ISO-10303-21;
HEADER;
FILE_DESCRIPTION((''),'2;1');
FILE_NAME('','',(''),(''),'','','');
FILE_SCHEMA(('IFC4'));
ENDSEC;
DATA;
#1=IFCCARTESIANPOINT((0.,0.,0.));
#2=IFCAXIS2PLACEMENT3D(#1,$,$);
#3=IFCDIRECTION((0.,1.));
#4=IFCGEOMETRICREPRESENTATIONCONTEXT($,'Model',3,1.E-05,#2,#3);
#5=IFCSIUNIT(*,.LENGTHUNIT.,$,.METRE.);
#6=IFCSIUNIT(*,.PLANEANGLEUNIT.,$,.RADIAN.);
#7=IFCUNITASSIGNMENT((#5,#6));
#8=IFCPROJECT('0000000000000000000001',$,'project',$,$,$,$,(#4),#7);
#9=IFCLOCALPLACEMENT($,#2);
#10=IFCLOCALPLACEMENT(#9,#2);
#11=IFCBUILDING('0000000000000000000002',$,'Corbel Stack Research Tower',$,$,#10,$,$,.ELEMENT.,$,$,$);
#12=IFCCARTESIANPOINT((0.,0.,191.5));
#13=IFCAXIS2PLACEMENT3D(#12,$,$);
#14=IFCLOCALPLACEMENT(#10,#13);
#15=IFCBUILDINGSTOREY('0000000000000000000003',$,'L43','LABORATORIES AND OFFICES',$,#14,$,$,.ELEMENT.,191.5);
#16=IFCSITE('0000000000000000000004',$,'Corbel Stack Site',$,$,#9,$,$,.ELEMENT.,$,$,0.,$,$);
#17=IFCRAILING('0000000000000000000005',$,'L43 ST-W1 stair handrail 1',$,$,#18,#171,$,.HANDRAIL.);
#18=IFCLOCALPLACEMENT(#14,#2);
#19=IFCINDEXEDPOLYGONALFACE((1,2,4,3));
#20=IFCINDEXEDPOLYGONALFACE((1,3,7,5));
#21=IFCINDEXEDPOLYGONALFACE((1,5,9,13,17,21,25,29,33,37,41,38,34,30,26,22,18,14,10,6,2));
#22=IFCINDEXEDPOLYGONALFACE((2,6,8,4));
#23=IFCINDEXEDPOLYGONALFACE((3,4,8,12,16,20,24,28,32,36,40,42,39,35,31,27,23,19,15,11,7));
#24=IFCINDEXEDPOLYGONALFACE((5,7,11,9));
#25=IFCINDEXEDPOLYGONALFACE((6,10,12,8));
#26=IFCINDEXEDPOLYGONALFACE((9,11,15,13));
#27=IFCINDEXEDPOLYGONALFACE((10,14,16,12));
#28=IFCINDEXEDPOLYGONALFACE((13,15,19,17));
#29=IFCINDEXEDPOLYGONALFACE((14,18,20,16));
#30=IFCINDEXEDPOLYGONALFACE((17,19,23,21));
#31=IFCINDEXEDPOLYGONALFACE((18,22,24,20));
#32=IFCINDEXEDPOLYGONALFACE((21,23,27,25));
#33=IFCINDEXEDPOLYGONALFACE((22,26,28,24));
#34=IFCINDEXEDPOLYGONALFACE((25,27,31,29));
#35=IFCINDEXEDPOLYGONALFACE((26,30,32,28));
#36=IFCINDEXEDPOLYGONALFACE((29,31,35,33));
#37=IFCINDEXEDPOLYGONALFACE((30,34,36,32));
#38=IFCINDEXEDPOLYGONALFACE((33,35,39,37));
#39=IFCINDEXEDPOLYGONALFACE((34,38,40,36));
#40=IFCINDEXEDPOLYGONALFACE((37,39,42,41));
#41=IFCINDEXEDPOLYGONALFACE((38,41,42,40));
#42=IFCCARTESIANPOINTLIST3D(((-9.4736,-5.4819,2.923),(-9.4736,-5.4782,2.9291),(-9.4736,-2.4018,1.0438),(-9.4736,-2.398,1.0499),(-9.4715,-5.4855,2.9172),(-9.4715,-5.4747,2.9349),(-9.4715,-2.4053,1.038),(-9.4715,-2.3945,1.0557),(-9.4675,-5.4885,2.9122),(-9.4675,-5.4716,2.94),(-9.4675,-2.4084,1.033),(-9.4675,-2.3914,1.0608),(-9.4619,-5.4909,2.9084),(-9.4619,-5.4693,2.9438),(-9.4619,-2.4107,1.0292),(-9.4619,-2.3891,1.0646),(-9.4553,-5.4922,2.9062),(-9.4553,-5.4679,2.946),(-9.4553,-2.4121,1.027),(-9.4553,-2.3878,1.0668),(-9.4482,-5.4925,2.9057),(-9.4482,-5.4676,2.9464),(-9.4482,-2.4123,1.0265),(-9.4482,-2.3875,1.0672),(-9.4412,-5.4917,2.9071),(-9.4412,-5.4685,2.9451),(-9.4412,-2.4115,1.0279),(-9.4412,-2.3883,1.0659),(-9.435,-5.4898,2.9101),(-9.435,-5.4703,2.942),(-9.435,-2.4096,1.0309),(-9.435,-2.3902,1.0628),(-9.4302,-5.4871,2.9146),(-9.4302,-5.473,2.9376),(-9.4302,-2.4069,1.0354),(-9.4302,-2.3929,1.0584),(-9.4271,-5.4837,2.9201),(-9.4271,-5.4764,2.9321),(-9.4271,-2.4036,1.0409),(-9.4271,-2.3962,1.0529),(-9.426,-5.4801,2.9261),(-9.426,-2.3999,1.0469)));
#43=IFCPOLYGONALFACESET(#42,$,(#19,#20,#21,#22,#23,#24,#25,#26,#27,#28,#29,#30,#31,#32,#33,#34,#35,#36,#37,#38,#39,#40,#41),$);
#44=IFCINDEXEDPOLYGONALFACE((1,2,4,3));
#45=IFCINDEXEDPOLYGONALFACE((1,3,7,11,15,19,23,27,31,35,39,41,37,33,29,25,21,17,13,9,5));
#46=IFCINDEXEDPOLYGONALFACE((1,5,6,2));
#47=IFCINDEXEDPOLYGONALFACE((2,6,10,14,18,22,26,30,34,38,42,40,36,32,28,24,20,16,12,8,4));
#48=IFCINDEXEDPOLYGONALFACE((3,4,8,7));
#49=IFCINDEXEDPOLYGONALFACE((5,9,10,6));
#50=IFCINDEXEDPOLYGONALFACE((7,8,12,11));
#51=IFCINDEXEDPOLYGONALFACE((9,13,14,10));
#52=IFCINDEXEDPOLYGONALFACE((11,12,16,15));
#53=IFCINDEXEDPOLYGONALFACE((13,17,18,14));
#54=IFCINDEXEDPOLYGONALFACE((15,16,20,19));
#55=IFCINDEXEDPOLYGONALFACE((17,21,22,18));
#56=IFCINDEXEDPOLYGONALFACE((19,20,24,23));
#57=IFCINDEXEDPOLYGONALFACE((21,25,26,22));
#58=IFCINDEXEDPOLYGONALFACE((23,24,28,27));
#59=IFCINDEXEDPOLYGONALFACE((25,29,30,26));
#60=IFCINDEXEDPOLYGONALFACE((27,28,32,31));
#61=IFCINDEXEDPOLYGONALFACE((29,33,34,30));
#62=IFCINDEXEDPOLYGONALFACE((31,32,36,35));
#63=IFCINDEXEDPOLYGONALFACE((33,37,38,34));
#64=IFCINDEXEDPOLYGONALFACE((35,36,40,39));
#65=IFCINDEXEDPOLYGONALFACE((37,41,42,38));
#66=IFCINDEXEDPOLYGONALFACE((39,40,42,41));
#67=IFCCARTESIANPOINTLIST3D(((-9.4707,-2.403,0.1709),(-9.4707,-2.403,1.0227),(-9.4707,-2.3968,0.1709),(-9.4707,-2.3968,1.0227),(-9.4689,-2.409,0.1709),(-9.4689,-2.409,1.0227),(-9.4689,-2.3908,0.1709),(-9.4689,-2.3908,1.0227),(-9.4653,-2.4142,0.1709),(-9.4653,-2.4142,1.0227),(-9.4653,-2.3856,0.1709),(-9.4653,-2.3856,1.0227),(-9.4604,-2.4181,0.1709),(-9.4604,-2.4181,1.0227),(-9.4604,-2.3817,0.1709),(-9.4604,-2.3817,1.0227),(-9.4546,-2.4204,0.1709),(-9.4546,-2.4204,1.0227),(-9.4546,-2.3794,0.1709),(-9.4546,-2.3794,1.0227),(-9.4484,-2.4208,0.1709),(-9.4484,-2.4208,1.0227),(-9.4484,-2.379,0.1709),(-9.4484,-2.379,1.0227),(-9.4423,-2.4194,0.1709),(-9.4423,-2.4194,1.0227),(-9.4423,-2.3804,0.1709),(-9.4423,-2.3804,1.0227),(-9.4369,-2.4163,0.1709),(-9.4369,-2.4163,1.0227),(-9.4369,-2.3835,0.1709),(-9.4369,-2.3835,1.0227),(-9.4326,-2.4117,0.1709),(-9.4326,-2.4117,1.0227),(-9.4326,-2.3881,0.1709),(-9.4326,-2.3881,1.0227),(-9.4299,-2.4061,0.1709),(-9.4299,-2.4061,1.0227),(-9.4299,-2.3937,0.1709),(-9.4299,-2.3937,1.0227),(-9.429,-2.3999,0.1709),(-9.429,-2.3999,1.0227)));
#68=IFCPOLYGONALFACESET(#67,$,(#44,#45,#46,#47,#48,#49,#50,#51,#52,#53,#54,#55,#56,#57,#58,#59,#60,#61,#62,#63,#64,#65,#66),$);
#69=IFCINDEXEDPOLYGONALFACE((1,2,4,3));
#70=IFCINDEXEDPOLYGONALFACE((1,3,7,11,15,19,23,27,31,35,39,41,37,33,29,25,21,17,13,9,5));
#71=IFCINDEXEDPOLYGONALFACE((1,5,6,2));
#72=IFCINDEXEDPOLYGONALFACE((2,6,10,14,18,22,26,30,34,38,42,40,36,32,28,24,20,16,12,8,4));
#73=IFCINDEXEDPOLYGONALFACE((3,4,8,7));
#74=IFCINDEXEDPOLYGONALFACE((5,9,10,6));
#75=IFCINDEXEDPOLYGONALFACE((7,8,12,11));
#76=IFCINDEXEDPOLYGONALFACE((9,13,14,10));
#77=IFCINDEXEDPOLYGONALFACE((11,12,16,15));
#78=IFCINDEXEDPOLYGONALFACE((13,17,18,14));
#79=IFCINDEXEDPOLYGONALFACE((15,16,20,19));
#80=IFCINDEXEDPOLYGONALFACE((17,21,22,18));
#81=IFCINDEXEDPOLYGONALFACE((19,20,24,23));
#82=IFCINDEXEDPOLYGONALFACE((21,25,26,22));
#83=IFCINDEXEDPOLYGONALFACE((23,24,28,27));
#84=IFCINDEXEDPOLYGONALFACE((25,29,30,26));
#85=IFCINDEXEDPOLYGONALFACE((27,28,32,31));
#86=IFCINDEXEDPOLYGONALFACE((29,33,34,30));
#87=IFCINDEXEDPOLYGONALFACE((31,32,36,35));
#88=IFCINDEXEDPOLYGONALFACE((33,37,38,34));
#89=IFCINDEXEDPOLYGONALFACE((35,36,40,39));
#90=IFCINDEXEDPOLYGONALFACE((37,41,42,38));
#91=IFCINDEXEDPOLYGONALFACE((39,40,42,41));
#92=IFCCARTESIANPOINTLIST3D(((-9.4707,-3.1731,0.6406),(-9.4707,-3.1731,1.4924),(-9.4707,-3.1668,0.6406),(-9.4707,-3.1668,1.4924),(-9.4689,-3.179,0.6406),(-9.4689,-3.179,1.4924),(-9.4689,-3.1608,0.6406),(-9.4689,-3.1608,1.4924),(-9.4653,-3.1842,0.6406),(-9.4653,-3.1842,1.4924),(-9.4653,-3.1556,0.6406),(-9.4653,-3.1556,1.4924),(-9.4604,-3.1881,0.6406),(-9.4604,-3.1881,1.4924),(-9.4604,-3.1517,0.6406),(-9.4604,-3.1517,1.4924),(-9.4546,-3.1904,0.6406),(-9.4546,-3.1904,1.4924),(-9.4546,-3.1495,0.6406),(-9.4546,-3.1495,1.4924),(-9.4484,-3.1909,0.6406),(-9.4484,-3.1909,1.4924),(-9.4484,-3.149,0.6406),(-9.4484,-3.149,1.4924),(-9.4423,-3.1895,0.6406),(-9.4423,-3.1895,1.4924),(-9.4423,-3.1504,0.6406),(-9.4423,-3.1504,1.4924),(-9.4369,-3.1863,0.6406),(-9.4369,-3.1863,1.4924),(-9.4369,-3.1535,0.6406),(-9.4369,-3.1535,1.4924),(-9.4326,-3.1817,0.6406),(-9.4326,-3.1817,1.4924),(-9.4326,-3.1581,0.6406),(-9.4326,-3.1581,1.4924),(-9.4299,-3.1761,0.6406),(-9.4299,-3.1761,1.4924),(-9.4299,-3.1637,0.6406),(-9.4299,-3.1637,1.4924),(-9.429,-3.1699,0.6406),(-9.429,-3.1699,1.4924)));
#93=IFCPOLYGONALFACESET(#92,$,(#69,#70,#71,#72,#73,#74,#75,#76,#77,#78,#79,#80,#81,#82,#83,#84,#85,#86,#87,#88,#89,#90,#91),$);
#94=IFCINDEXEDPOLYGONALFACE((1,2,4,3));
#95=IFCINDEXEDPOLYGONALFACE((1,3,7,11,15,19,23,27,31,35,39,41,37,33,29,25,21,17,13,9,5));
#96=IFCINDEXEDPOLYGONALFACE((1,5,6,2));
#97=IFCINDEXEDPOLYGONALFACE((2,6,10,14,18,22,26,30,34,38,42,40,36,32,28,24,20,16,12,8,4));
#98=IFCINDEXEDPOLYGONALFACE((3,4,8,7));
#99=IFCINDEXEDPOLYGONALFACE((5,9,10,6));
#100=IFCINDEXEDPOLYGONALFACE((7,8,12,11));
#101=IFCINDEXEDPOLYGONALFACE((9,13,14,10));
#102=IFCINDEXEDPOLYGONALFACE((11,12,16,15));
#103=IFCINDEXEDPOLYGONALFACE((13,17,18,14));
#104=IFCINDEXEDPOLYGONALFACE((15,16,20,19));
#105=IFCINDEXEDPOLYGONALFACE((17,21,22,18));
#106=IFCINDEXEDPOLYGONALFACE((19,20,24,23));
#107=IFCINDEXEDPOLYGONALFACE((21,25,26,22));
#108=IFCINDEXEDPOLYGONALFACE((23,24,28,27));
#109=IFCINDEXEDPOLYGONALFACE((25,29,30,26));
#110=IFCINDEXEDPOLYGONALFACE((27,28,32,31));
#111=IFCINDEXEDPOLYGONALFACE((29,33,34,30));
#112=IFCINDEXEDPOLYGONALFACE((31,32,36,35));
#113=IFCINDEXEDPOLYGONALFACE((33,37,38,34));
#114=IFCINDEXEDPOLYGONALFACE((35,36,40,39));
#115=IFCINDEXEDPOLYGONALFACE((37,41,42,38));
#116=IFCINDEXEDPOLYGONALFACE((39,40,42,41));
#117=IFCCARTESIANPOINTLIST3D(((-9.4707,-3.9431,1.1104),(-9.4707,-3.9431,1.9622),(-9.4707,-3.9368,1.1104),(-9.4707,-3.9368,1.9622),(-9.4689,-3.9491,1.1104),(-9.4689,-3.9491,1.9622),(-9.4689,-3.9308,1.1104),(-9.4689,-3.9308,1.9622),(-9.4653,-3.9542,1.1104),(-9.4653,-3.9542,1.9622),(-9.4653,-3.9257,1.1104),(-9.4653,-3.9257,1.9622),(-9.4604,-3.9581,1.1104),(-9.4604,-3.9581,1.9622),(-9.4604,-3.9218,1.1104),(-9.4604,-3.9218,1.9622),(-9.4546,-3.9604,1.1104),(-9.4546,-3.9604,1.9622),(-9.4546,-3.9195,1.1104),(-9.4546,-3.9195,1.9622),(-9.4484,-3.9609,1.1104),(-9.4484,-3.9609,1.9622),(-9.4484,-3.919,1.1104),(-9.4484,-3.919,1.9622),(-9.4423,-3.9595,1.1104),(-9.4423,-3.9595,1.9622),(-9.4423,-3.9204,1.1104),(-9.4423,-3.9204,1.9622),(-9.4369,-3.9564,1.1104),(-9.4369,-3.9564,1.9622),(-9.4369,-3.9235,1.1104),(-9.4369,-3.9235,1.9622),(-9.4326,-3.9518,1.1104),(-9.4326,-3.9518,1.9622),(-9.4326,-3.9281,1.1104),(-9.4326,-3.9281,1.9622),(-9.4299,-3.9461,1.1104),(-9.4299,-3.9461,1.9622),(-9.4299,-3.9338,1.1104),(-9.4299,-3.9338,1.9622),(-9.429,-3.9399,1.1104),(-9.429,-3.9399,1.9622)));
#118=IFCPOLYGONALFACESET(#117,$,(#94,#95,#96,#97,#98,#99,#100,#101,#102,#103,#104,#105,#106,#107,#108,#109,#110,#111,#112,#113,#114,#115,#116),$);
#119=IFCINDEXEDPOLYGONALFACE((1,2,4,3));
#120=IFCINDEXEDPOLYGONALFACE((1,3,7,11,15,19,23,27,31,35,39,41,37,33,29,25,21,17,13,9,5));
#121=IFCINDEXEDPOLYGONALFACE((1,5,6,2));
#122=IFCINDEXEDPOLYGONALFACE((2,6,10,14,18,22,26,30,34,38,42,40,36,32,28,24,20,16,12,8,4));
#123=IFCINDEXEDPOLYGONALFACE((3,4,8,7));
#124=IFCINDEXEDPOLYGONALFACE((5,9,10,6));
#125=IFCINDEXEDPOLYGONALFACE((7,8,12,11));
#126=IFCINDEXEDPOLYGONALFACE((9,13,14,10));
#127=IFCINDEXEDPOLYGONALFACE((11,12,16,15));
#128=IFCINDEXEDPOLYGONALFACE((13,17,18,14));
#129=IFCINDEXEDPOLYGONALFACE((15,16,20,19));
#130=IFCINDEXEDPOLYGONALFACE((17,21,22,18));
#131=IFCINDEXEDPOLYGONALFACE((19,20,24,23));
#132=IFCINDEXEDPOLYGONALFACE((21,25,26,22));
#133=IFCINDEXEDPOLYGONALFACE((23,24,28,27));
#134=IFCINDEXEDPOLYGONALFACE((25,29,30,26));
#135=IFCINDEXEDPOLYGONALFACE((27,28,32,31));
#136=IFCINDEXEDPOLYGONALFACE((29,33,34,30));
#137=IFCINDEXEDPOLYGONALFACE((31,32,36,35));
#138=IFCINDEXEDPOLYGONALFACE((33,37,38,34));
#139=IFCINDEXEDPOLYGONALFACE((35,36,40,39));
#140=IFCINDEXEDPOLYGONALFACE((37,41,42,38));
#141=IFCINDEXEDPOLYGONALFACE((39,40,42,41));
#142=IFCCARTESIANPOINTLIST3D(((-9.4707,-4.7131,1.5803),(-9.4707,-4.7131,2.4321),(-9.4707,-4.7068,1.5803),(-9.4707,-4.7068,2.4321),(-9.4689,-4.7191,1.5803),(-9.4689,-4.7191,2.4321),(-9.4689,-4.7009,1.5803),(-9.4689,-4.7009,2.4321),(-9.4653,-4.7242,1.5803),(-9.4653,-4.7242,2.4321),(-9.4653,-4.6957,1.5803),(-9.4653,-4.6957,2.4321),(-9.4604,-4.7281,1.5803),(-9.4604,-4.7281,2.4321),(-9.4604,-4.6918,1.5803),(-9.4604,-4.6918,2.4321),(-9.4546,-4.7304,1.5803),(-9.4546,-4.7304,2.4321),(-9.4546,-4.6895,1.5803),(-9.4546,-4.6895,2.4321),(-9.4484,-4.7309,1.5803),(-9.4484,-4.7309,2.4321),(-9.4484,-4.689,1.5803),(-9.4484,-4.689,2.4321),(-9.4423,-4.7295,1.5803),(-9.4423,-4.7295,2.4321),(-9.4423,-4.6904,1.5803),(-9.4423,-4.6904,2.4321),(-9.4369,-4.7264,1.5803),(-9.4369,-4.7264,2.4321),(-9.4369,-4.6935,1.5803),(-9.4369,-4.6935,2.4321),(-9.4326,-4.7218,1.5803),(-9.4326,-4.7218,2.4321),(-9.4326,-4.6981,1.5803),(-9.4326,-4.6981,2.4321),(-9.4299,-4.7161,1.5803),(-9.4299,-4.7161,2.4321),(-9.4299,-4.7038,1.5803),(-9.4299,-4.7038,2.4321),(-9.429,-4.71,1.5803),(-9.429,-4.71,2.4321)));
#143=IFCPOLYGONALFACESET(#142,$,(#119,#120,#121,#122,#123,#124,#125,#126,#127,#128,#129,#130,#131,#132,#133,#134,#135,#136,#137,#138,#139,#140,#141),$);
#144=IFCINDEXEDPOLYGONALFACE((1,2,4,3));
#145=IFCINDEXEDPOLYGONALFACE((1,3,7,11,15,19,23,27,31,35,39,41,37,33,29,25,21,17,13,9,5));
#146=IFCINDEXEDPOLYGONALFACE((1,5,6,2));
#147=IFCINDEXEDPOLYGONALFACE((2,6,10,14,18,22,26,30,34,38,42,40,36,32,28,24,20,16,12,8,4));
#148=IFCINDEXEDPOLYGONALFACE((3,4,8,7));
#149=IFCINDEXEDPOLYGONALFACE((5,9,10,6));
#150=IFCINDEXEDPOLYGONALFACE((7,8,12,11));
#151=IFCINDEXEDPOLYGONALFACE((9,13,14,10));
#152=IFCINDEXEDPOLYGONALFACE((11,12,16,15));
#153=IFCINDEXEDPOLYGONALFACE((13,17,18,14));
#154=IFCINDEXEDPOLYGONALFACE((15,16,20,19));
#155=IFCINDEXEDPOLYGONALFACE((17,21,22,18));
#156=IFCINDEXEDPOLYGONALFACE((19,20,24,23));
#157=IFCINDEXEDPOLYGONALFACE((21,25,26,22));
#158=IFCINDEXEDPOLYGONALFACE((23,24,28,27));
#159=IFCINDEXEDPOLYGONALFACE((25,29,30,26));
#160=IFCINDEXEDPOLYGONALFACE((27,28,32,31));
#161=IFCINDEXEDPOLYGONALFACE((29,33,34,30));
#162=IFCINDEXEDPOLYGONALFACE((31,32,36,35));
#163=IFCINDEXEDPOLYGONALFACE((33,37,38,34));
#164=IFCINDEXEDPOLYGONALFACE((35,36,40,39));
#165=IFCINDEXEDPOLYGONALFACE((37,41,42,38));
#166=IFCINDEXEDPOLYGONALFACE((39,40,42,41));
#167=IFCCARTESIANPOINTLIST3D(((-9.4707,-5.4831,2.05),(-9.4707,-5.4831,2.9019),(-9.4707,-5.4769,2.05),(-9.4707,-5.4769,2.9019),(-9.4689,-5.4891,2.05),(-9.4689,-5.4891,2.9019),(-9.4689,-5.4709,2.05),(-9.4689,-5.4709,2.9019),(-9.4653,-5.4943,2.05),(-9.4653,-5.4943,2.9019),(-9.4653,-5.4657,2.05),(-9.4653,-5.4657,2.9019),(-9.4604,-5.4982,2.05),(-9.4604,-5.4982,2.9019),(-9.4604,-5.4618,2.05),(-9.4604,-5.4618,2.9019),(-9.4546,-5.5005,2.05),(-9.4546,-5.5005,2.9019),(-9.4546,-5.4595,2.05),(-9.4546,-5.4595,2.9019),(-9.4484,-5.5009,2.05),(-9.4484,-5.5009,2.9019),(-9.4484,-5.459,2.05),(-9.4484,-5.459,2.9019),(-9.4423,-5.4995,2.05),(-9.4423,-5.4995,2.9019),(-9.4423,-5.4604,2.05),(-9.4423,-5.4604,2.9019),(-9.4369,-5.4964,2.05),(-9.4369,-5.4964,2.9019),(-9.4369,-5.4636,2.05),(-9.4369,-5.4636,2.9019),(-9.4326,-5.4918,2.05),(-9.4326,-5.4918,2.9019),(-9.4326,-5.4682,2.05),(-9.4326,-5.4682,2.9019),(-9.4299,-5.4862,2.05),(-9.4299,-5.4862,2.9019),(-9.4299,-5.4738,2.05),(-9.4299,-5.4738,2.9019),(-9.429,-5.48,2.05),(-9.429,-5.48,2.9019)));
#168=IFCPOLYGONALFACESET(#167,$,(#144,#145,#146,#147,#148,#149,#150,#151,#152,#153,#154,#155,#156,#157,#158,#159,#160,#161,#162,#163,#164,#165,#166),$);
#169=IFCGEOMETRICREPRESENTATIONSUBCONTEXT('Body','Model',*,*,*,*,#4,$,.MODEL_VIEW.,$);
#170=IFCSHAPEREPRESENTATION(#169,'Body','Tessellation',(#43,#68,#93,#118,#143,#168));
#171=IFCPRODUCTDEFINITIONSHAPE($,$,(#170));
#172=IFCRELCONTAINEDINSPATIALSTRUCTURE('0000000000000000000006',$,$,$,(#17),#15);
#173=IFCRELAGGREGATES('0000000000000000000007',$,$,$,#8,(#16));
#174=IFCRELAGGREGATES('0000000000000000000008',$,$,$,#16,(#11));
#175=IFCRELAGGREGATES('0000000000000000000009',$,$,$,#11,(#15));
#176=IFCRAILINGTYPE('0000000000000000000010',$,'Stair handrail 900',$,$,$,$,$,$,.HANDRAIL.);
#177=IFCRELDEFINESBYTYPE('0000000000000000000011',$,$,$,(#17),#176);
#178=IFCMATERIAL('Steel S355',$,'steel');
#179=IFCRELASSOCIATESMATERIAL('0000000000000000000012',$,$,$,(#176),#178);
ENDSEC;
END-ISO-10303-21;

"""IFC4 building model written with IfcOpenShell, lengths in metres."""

from ifc_helpers import new_model, si_unit, direction, frame, origin, origin_2d, place, context, subcontext, project, spatial, circle, extrude, material, type_object, element, save


model = new_model("IFC4")

# Units and contexts
model_context = context("Model", 3, precision=1e-05, world=origin(), true_north=direction((0.0, 1.0)))
body_context = subcontext(model_context, "Body", "Model", "MODEL_VIEW")
ifc_project = project(units=[si_unit("LENGTHUNIT", "METRE"), si_unit("PLANEANGLEUNIT", "RADIAN")], contexts=[model_context])

# Site, building, storey
site_placement = place(None, origin())
site = spatial("IfcSite", under=ifc_project, at=site_placement, Name="Corbel Stack Site", CompositionType="ELEMENT", RefElevation=0.0)
building_placement = place(site_placement, origin())
building = spatial("IfcBuilding", under=site, at=building_placement, Name="Corbel Stack Research Tower", CompositionType="ELEMENT")
storey_placement = place(building_placement, frame((0.0, 0.0, 191.5)))
storey = spatial("IfcBuildingStorey", under=building, at=storey_placement, Name="L43", Description="LABORATORIES AND OFFICES", CompositionType="ELEMENT", Elevation=191.5)

# Railing
ifc_material_1 = material(Name="Steel S355", Category="steel")
railing_type_1 = type_object("IfcRailingType", Name="Stair handrail 900", PredefinedType="HANDRAIL", material=ifc_material_1)
railing_1_placement = place(storey_placement, frame((-9.45, -2.3999, 0.1709)))
element("IfcRailing", 1, at=railing_1_placement, inside=storey, type_object=railing_type_1, Name="L43 ST-W1 stair handrail 1", PredefinedType="HANDRAIL", context=body_context, shape_type="SweptSolid", body=[
    extrude(circle(Radius=0.0239, at=origin_2d()), frame((0.0, 0.0, 0.876), z_axis=(0.0, -0.853666, 0.52082), x_axis=(1.0, 0.0, 0.0)), (0.0, 0.0, 1.0), 3.6082),
    extrude(circle(Radius=0.021, at=origin_2d()), origin(), (0.0, 0.0, 1.0), 0.8518),
    extrude(circle(Radius=0.021, at=origin_2d()), frame((0.0, -0.77, 0.4697)), (0.0, 0.0, 1.0), 0.8518),
    extrude(circle(Radius=0.021, at=origin_2d()), frame((0.0, -1.54, 0.9395)), (0.0, 0.0, 1.0), 0.8518),
    extrude(circle(Radius=0.021, at=origin_2d()), frame((0.0, -2.3101, 1.4094)), (0.0, 0.0, 1.0), 0.8518),
    extrude(circle(Radius=0.021, at=origin_2d()), frame((0.0, -3.0801, 1.8792)), (0.0, 0.0, 1.0), 0.8518),
])

save(model, "model.ifc")
